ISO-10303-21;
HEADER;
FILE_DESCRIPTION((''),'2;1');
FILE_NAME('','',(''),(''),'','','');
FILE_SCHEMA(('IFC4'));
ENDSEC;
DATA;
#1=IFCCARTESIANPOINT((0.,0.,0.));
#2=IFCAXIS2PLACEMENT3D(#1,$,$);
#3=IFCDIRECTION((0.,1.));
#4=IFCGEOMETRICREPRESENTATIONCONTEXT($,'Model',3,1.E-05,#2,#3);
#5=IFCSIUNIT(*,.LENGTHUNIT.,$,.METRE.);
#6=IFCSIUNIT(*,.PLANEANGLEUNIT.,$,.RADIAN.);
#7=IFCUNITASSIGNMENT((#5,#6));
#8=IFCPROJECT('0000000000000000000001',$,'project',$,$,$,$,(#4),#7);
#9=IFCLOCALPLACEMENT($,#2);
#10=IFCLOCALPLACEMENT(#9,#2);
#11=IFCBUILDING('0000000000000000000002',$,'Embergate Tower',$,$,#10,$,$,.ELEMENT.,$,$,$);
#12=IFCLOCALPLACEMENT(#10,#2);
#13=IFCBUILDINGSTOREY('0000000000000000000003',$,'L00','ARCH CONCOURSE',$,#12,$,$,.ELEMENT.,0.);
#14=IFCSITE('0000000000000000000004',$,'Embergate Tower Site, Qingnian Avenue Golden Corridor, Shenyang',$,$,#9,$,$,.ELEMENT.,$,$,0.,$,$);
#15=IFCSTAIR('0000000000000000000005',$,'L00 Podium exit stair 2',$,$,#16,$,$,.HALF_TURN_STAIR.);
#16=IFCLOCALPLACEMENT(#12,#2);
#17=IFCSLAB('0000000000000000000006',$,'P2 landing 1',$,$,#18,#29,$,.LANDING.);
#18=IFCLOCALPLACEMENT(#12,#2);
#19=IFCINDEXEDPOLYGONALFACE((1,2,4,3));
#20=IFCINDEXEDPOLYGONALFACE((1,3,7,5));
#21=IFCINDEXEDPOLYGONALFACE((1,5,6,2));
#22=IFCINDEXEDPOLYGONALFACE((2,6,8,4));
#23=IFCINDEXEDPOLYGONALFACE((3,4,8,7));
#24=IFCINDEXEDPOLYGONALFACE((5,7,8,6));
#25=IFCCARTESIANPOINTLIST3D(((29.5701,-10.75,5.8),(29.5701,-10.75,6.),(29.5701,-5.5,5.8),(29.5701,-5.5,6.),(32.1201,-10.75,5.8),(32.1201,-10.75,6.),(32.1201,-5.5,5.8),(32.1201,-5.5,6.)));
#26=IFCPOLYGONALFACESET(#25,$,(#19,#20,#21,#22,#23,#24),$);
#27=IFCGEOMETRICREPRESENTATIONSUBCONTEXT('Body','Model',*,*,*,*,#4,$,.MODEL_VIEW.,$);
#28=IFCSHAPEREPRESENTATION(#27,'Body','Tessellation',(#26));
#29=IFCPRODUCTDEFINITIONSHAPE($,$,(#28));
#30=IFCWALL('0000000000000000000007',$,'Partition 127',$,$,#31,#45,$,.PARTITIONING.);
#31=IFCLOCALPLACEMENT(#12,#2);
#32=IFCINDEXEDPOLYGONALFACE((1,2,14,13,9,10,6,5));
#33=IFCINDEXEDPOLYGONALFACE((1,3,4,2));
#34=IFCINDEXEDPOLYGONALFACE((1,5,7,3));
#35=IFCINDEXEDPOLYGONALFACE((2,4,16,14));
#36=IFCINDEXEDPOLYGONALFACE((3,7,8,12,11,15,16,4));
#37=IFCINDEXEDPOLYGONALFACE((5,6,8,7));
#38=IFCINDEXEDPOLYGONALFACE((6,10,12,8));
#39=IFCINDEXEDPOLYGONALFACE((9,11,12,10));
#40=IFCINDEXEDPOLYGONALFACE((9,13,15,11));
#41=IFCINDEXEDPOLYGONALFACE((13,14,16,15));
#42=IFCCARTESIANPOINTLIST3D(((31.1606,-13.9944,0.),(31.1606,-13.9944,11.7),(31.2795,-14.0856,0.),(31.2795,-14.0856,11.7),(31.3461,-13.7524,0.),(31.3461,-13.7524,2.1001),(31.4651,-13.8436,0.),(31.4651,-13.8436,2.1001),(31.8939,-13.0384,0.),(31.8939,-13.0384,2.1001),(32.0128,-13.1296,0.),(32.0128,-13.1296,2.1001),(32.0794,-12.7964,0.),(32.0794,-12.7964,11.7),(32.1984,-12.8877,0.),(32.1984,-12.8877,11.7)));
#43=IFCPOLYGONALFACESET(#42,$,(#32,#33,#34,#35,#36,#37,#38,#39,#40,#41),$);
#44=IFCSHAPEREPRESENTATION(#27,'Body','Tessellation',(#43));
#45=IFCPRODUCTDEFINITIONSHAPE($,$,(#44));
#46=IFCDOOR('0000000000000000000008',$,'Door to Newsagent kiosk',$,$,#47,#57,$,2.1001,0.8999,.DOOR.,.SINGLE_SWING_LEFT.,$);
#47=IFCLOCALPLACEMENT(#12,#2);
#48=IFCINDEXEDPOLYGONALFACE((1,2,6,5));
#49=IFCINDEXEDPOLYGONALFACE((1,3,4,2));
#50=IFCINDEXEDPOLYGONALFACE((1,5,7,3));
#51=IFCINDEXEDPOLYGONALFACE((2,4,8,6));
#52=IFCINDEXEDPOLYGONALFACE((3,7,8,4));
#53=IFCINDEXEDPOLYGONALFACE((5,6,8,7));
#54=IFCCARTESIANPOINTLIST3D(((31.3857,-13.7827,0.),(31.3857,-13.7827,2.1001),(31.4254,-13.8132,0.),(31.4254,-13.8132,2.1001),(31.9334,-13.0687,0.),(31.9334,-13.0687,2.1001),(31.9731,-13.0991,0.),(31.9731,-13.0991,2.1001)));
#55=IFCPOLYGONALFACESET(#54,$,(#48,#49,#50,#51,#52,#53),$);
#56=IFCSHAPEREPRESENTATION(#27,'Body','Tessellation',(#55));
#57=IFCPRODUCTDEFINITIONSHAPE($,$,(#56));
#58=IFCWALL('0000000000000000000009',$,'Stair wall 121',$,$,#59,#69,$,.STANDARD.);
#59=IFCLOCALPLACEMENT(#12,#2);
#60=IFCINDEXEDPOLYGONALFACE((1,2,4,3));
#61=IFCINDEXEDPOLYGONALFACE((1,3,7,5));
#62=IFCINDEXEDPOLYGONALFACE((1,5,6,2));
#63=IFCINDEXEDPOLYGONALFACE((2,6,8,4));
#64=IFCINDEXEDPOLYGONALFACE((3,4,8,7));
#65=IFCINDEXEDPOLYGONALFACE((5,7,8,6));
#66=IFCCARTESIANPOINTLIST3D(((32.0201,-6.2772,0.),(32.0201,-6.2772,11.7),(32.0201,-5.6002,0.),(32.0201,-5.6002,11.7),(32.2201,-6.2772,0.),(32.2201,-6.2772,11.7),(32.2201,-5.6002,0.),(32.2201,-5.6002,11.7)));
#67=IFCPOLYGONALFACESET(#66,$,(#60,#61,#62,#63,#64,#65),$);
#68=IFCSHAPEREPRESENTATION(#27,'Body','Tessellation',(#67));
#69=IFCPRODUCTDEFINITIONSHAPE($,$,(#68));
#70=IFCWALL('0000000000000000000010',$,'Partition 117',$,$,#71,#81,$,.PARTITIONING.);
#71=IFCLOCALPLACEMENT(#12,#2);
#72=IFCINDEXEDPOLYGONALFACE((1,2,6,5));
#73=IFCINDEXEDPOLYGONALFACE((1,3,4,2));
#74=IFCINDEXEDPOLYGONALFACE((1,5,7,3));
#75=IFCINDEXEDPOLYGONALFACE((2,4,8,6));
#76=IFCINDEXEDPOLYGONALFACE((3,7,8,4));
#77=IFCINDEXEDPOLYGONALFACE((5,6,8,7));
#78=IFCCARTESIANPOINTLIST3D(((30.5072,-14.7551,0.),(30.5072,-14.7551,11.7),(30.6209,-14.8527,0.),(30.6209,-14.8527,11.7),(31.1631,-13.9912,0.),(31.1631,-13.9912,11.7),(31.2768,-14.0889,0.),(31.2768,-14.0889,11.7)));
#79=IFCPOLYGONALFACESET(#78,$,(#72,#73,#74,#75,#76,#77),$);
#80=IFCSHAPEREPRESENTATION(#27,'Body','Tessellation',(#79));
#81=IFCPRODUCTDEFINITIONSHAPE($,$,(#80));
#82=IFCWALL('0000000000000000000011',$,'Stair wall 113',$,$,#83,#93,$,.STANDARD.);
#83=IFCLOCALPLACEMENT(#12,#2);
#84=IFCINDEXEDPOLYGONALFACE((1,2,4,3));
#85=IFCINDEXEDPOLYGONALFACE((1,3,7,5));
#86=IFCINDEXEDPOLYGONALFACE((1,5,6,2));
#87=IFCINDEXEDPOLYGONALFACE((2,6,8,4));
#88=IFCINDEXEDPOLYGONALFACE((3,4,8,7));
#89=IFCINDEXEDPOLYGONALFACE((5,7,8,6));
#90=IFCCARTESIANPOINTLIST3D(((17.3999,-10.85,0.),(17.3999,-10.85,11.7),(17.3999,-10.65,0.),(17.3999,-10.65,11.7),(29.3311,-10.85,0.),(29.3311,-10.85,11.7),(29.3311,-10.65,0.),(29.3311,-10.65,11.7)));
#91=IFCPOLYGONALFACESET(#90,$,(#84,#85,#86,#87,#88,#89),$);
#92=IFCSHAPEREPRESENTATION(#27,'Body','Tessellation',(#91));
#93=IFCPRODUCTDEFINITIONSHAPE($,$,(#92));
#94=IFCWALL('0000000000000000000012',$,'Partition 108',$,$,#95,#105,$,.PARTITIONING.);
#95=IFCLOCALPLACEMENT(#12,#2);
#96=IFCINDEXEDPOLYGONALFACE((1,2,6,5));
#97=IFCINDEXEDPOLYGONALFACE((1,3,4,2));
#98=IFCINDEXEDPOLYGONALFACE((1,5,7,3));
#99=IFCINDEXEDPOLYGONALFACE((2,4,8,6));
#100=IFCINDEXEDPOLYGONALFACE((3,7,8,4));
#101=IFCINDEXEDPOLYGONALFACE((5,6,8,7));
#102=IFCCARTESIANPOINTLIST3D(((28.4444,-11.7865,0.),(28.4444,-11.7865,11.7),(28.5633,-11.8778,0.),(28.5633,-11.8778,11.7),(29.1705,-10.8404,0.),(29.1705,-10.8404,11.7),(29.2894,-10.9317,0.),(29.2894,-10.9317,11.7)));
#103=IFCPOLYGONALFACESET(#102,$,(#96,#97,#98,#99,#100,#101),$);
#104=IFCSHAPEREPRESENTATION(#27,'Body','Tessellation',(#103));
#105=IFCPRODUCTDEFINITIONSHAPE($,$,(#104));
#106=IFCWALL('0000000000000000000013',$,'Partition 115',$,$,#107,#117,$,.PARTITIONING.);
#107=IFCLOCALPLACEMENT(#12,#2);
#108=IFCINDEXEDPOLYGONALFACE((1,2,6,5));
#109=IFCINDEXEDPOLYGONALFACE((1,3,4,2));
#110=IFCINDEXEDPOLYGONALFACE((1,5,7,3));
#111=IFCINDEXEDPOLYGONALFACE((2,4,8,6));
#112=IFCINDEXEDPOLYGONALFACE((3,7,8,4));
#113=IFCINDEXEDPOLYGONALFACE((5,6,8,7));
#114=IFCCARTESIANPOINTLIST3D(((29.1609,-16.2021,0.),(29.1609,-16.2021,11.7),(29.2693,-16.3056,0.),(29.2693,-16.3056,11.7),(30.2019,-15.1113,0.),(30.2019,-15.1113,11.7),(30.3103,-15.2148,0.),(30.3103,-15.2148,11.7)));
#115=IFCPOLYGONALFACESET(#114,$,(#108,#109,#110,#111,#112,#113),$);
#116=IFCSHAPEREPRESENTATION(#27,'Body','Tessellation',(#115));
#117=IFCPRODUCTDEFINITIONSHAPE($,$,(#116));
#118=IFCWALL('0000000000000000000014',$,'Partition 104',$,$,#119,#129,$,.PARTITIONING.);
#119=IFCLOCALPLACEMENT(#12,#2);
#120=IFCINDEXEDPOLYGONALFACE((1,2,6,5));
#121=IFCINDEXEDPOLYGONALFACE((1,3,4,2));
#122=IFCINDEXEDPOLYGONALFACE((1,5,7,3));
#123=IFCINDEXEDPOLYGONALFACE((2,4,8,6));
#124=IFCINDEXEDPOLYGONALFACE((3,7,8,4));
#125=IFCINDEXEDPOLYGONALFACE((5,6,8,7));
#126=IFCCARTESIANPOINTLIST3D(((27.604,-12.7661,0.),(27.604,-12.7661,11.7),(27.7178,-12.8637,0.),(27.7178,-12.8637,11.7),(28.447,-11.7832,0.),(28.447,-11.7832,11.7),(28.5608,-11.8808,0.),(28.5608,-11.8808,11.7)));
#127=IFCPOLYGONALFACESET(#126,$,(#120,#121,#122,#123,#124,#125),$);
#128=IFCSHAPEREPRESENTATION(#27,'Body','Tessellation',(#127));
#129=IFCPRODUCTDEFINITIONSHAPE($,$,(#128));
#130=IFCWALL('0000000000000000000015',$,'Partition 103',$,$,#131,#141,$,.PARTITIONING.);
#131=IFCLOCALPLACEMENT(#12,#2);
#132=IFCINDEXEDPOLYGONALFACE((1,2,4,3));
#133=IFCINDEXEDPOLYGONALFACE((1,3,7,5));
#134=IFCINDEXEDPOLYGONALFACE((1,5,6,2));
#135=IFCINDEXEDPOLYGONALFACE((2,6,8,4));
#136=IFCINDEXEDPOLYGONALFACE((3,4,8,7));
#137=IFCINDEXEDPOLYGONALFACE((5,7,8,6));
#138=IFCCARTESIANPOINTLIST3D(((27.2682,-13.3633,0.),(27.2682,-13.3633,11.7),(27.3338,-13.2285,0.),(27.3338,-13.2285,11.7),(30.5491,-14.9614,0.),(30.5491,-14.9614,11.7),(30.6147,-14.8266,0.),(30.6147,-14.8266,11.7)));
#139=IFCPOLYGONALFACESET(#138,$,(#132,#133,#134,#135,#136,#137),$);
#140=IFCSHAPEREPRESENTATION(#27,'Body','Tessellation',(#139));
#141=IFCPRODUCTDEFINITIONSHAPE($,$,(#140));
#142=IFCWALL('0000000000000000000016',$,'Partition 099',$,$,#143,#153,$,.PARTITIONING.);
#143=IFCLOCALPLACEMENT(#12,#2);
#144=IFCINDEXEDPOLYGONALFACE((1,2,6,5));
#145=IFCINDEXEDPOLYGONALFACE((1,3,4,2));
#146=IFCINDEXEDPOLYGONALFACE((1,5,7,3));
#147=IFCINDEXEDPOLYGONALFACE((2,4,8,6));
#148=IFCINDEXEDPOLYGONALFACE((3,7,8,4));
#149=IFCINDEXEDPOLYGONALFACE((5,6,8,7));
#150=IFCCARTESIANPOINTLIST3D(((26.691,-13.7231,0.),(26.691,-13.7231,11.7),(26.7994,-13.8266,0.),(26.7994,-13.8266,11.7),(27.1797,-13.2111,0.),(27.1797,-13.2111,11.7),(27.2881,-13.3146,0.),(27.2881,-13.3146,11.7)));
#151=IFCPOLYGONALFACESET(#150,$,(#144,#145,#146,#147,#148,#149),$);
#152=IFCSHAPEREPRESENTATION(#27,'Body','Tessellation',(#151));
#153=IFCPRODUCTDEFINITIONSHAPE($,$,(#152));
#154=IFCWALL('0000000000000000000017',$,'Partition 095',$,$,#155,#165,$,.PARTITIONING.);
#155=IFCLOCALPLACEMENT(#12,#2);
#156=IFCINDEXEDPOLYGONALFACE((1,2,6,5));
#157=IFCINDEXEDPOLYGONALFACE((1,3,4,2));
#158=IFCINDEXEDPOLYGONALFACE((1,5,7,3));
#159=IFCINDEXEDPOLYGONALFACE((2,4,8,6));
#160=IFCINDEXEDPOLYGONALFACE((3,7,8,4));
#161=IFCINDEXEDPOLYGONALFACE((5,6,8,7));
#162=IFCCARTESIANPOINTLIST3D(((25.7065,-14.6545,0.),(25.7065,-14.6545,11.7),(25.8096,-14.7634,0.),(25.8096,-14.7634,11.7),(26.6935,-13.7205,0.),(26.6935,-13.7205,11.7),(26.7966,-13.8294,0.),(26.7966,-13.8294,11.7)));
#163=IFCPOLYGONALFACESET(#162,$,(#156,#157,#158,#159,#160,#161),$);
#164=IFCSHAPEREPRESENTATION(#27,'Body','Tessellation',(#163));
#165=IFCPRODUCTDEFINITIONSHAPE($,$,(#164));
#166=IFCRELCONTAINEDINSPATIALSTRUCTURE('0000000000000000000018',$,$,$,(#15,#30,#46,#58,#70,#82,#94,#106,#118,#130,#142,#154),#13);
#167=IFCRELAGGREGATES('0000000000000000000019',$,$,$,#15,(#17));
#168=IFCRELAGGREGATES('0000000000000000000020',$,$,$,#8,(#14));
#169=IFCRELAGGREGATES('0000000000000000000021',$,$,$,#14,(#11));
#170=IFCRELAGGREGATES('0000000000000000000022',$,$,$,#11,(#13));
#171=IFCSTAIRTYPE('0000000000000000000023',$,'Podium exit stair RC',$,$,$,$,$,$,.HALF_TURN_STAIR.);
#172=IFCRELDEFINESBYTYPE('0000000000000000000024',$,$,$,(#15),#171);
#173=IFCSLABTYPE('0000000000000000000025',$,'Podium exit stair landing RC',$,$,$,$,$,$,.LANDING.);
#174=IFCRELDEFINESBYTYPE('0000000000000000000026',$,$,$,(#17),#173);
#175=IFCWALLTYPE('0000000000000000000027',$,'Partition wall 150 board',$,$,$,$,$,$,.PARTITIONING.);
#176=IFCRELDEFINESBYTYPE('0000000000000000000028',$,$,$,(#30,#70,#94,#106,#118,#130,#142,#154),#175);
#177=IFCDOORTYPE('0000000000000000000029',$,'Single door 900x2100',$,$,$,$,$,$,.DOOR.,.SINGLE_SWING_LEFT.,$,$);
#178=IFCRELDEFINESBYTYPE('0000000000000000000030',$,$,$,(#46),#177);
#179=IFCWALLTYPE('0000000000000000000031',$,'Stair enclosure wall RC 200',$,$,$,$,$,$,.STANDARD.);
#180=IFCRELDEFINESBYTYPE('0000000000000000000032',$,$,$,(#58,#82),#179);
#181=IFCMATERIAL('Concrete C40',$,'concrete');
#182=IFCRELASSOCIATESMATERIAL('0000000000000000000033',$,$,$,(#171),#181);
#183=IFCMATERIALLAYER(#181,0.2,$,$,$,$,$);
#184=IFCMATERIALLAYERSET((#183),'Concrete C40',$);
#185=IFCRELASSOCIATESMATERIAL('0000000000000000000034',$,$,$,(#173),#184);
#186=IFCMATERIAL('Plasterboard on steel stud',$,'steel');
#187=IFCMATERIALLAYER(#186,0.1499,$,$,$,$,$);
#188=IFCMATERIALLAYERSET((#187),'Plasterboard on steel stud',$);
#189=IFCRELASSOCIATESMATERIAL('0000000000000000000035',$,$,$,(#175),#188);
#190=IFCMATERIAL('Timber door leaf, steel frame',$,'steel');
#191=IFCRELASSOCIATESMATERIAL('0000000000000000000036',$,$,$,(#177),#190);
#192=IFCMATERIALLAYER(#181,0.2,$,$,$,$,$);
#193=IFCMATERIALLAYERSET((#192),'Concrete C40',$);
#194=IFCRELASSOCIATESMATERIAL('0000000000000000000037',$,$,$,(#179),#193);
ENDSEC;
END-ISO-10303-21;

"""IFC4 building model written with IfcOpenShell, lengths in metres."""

from ifc_helpers import new_model, si_unit, direction, frame, frame_2d, origin, place, context, subcontext, project, spatial, polyline, rectangle, outline, extrude, source, transform, mapped, material, layer, layer_set, type_object, element, fill, aggregate, save


model = new_model("IFC4")

# Units and contexts
model_context = context("Model", 3, precision=1e-05, world=origin(), true_north=direction((0.0, 1.0)))
body_context = subcontext(model_context, "Body", "Model", "MODEL_VIEW")
ifc_project = project(units=[si_unit("LENGTHUNIT", "METRE"), si_unit("PLANEANGLEUNIT", "RADIAN")], contexts=[model_context])

# Site, building, storey
site_placement = place(None, origin())
site = spatial("IfcSite", under=ifc_project, at=site_placement, Name="Embergate Tower Site, Qingnian Avenue Golden Corridor, Shenyang", CompositionType="ELEMENT", RefElevation=0.0)
building_placement = place(site_placement, origin())
building = spatial("IfcBuilding", under=site, at=building_placement, Name="Embergate Tower", CompositionType="ELEMENT")
storey_placement = place(building_placement, origin())
storey = spatial("IfcBuildingStorey", under=building, at=storey_placement, Name="L00", Description="ARCH CONCOURSE", CompositionType="ELEMENT", Elevation=0.0)

# Stair, slab
ifc_material_1 = material(Name="Concrete C40", Category="concrete")
stair_type = type_object("IfcStairType", Name="Podium exit stair RC", PredefinedType="HALF_TURN_STAIR", material=ifc_material_1)
stair_placement = place(storey_placement, origin())
stair = element("IfcStair", 1, at=stair_placement, inside=storey, type_object=stair_type, Name="L00 Podium exit stair 2", PredefinedType="HALF_TURN_STAIR")
ifc_layer_1 = layer(ifc_material_1, 0.2)
ifc_layer_set_1 = layer_set([ifc_layer_1], Name="Concrete C40")
slab_type = type_object("IfcSlabType", Name="Podium exit stair landing RC", PredefinedType="LANDING", material=ifc_layer_set_1)
shared_shape_1 = source(origin(), body_context, "Body", "SweptSolid", [
    extrude(outline(polyline([(0.0, 0.0), (2.55, 0.0), (2.55, 5.25), (0.0, 5.25), (0.0, 0.0)])), origin(), (0.0, 0.0, 1.0), 0.2),
])
slab_placement = place(storey_placement, frame((29.5701, -10.75, 5.8)))
slab = element("IfcSlab", 2, at=slab_placement, type_object=slab_type, Name="P2 landing 1", PredefinedType="LANDING", context=body_context, shape_type="MappedRepresentation", body=[
    mapped(shared_shape_1, transform((0.0, 0.0, 0.0))),
])

# Wall, opening, door
ifc_material_2 = material(Name="Plasterboard on steel stud", Category="steel")
ifc_layer_2 = layer(ifc_material_2, 0.1499)
ifc_layer_set_2 = layer_set([ifc_layer_2], Name="Plasterboard on steel stud")
wall_type_1 = type_object("IfcWallType", Name="Partition wall 150 board", PredefinedType="PARTITIONING", material=ifc_layer_set_2)
shared_shape_2 = source(origin(), body_context, "Body", "SweptSolid", [
    extrude(rectangle(XDim=1.5098, YDim=0.1499, at=frame_2d((0.7549, 0.0))), origin(), (0.0, 0.0, 1.0), 11.7),
])
wall_1_placement = place(storey_placement, frame((32.1389, -12.842, 0.0), z_axis=(0.0, 0.0, 1.0), x_axis=(-0.608632, -0.793453, 0.0)))
wall_1 = element("IfcWall", 3, at=wall_1_placement, inside=storey, type_object=wall_type_1, Name="Partition 127", PredefinedType="PARTITIONING", context=body_context, shape_type="MappedRepresentation", body=[
    mapped(shared_shape_2, transform((0.0, 0.0, 0.0))),
])
shared_shape_3 = source(origin(), body_context, "Body", "SweptSolid", [
    extrude(rectangle(XDim=0.8999, YDim=2.1001, at=frame_2d((0.45, 1.05))), frame((0.0, 0.085, 0.0), z_axis=(0.0, -1.0, 0.0), x_axis=(1.0, 0.0, 0.0)), (0.0, 0.0, 1.0), 0.1699),
])
opening_placement = place(wall_1_placement, frame((0.3049, 0.0, 0.0)))
opening = element("IfcOpeningElement", 4, at=opening_placement, cuts=wall_1, PredefinedType="OPENING", context=body_context, shape_type="MappedRepresentation", body=[
    mapped(shared_shape_3, transform((0.0, 0.0, 0.0))),
])
ifc_material_3 = material(Name="Timber door leaf, steel frame", Category="steel")
door_type = type_object("IfcDoorType", Name="Single door 900x2100", OperationType="SINGLE_SWING_LEFT", PredefinedType="DOOR", material=ifc_material_3)
shared_shape_4 = source(origin(), body_context, "Body", "SweptSolid", [
    extrude(rectangle(XDim=0.8999, YDim=2.1001, at=frame_2d((0.45, 1.05))), frame((0.0, 0.0249, 0.0), z_axis=(0.0, -1.0, 0.0), x_axis=(1.0, 0.0, 0.0)), (0.0, 0.0, 1.0), 0.05),
])
door_placement = place(opening_placement, origin())
door = element("IfcDoor", 5, at=door_placement, inside=storey, type_object=door_type, Name="Door to Newsagent kiosk", OperationType="SINGLE_SWING_LEFT", OverallHeight=2.1001, OverallWidth=0.8999, PredefinedType="DOOR", context=body_context, shape_type="MappedRepresentation", body=[
    mapped(shared_shape_4, transform((0.0, 0.0, 0.0))),
])
fill(opening, door)

# Walls
ifc_layer_3 = layer(ifc_material_1, 0.2)
ifc_layer_set_3 = layer_set([ifc_layer_3], Name="Concrete C40")
wall_type_2 = type_object("IfcWallType", Name="Stair enclosure wall RC 200", PredefinedType="STANDARD", material=ifc_layer_set_3)
shared_shape_5 = source(origin(), body_context, "Body", "SweptSolid", [
    extrude(rectangle(XDim=0.677, YDim=0.2, at=frame_2d((0.3384, 0.0))), origin(), (0.0, 0.0, 1.0), 11.7),
])
wall_2_placement = place(storey_placement, frame((32.1201, -6.2771, 0.0), z_axis=(0.0, 0.0, 1.0), x_axis=(0.0, 1.0, 0.0)))
element("IfcWall", 6, at=wall_2_placement, inside=storey, type_object=wall_type_2, Name="Stair wall 121", PredefinedType="STANDARD", context=body_context, shape_type="MappedRepresentation", body=[
    mapped(shared_shape_5, transform((0.0, 0.0, 0.0))),
])
shared_shape_6 = source(origin(), body_context, "Body", "SweptSolid", [
    extrude(rectangle(XDim=1.0068, YDim=0.1499, at=frame_2d((0.5034, 0.0))), origin(), (0.0, 0.0, 1.0), 11.7),
])
wall_3_placement = place(storey_placement, frame((31.22, -14.04, 0.0), z_axis=(0.0, 0.0, 1.0), x_axis=(-0.65149, -0.758657, 0.0)))
element("IfcWall", 7, at=wall_3_placement, inside=storey, type_object=wall_type_1, Name="Partition 117", PredefinedType="PARTITIONING", context=body_context, shape_type="MappedRepresentation", body=[
    mapped(shared_shape_6, transform((0.0, 0.0, 0.0))),
])
shared_shape_7 = source(origin(), body_context, "Body", "SweptSolid", [
    extrude(rectangle(XDim=11.9312, YDim=0.2, at=frame_2d((5.9656, 0.0))), origin(), (0.0, 0.0, 1.0), 11.7),
])
wall_4_placement = place(storey_placement, frame((29.3311, -10.75, 0.0), z_axis=(0.0, 0.0, 1.0), x_axis=(-1.0, 0.0, 0.0)))
element("IfcWall", 8, at=wall_4_placement, inside=storey, type_object=wall_type_2, Name="Stair wall 113", PredefinedType="STANDARD", context=body_context, shape_type="MappedRepresentation", body=[
    mapped(shared_shape_7, transform((0.0, 0.0, 0.0))),
])
shared_shape_8 = source(origin(), body_context, "Body", "SweptSolid", [
    extrude(rectangle(XDim=1.1926, YDim=0.1499, at=frame_2d((0.5962, 0.0))), origin(), (0.0, 0.0, 1.0), 11.7),
])
wall_5_placement = place(storey_placement, frame((28.5039, -11.832, 0.0), z_axis=(0.0, 0.0, 1.0), x_axis=(0.60884, 0.793293, 0.0)))
element("IfcWall", 9, at=wall_5_placement, inside=storey, type_object=wall_type_1, Name="Partition 108", PredefinedType="PARTITIONING", context=body_context, shape_type="MappedRepresentation", body=[
    mapped(shared_shape_8, transform((0.0, 0.0, 0.0))),
])
shared_shape_9 = source(origin(), body_context, "Body", "SweptSolid", [
    extrude(rectangle(XDim=1.5078, YDim=0.1499, at=frame_2d((0.7539, 0.0))), origin(), (0.0, 0.0, 1.0), 11.7),
])
wall_6_placement = place(storey_placement, frame((30.2561, -15.1631, 0.0), z_axis=(0.0, 0.0, 1.0), x_axis=(-0.690399, -0.723429, 0.0)))
element("IfcWall", 10, at=wall_6_placement, inside=storey, type_object=wall_type_1, Name="Partition 115", PredefinedType="PARTITIONING", context=body_context, shape_type="MappedRepresentation", body=[
    mapped(shared_shape_9, transform((0.0, 0.0, 0.0))),
])
shared_shape_10 = source(origin(), body_context, "Body", "SweptSolid", [
    extrude(rectangle(XDim=1.2949, YDim=0.1499, at=frame_2d((0.6475, 0.0))), origin(), (0.0, 0.0, 1.0), 11.7),
])
wall_7_placement = place(storey_placement, frame((27.6609, -12.8149, 0.0), z_axis=(0.0, 0.0, 1.0), x_axis=(0.651024, 0.759057, 0.0)))
element("IfcWall", 11, at=wall_7_placement, inside=storey, type_object=wall_type_1, Name="Partition 104", PredefinedType="PARTITIONING", context=body_context, shape_type="MappedRepresentation", body=[
    mapped(shared_shape_10, transform((0.0, 0.0, 0.0))),
])
shared_shape_11 = source(origin(), body_context, "Body", "SweptSolid", [
    extrude(rectangle(XDim=3.6494, YDim=0.1499, at=frame_2d((1.8247, 0.0))), origin(), (0.0, 0.0, 1.0), 11.7),
])
wall_8_placement = place(storey_placement, frame((27.301, -13.2959, 0.0), z_axis=(0.0, 0.0, 1.0), x_axis=(0.899022, -0.437904, 0.0)))
element("IfcWall", 12, at=wall_8_placement, inside=storey, type_object=wall_type_1, Name="Partition 103", PredefinedType="PARTITIONING", context=body_context, shape_type="MappedRepresentation", body=[
    mapped(shared_shape_11, transform((0.0, 0.0, 0.0))),
])
shared_shape_12 = source(origin(), body_context, "Body", "SweptSolid", [
    extrude(rectangle(XDim=0.7078, YDim=0.1499, at=frame_2d((0.354, 0.0))), origin(), (0.0, 0.0, 1.0), 11.7),
])
wall_9_placement = place(storey_placement, frame((26.7451, -13.7749, 0.0), z_axis=(0.0, 0.0, 1.0), x_axis=(0.690533, 0.723301, 0.0)))
element("IfcWall", 13, at=wall_9_placement, inside=storey, type_object=wall_type_1, Name="Partition 099", PredefinedType="PARTITIONING", context=body_context, shape_type="MappedRepresentation", body=[
    mapped(shared_shape_12, transform((0.0, 0.0, 0.0))),
])
shared_shape_13 = source(origin(), body_context, "Body", "SweptSolid", [
    extrude(rectangle(XDim=1.3589, YDim=0.1499, at=frame_2d((0.6794, 0.0))), origin(), (0.0, 0.0, 1.0), 11.7),
])
wall_10_placement = place(storey_placement, frame((25.7581, -14.709, 0.0), z_axis=(0.0, 0.0, 1.0), x_axis=(0.72633, 0.687346, 0.0)))
element("IfcWall", 14, at=wall_10_placement, inside=storey, type_object=wall_type_1, Name="Partition 095", PredefinedType="PARTITIONING", context=body_context, shape_type="MappedRepresentation", body=[
    mapped(shared_shape_13, transform((0.0, 0.0, 0.0))),
])

aggregate(stair, [slab])

save(model, "model.ifc")
